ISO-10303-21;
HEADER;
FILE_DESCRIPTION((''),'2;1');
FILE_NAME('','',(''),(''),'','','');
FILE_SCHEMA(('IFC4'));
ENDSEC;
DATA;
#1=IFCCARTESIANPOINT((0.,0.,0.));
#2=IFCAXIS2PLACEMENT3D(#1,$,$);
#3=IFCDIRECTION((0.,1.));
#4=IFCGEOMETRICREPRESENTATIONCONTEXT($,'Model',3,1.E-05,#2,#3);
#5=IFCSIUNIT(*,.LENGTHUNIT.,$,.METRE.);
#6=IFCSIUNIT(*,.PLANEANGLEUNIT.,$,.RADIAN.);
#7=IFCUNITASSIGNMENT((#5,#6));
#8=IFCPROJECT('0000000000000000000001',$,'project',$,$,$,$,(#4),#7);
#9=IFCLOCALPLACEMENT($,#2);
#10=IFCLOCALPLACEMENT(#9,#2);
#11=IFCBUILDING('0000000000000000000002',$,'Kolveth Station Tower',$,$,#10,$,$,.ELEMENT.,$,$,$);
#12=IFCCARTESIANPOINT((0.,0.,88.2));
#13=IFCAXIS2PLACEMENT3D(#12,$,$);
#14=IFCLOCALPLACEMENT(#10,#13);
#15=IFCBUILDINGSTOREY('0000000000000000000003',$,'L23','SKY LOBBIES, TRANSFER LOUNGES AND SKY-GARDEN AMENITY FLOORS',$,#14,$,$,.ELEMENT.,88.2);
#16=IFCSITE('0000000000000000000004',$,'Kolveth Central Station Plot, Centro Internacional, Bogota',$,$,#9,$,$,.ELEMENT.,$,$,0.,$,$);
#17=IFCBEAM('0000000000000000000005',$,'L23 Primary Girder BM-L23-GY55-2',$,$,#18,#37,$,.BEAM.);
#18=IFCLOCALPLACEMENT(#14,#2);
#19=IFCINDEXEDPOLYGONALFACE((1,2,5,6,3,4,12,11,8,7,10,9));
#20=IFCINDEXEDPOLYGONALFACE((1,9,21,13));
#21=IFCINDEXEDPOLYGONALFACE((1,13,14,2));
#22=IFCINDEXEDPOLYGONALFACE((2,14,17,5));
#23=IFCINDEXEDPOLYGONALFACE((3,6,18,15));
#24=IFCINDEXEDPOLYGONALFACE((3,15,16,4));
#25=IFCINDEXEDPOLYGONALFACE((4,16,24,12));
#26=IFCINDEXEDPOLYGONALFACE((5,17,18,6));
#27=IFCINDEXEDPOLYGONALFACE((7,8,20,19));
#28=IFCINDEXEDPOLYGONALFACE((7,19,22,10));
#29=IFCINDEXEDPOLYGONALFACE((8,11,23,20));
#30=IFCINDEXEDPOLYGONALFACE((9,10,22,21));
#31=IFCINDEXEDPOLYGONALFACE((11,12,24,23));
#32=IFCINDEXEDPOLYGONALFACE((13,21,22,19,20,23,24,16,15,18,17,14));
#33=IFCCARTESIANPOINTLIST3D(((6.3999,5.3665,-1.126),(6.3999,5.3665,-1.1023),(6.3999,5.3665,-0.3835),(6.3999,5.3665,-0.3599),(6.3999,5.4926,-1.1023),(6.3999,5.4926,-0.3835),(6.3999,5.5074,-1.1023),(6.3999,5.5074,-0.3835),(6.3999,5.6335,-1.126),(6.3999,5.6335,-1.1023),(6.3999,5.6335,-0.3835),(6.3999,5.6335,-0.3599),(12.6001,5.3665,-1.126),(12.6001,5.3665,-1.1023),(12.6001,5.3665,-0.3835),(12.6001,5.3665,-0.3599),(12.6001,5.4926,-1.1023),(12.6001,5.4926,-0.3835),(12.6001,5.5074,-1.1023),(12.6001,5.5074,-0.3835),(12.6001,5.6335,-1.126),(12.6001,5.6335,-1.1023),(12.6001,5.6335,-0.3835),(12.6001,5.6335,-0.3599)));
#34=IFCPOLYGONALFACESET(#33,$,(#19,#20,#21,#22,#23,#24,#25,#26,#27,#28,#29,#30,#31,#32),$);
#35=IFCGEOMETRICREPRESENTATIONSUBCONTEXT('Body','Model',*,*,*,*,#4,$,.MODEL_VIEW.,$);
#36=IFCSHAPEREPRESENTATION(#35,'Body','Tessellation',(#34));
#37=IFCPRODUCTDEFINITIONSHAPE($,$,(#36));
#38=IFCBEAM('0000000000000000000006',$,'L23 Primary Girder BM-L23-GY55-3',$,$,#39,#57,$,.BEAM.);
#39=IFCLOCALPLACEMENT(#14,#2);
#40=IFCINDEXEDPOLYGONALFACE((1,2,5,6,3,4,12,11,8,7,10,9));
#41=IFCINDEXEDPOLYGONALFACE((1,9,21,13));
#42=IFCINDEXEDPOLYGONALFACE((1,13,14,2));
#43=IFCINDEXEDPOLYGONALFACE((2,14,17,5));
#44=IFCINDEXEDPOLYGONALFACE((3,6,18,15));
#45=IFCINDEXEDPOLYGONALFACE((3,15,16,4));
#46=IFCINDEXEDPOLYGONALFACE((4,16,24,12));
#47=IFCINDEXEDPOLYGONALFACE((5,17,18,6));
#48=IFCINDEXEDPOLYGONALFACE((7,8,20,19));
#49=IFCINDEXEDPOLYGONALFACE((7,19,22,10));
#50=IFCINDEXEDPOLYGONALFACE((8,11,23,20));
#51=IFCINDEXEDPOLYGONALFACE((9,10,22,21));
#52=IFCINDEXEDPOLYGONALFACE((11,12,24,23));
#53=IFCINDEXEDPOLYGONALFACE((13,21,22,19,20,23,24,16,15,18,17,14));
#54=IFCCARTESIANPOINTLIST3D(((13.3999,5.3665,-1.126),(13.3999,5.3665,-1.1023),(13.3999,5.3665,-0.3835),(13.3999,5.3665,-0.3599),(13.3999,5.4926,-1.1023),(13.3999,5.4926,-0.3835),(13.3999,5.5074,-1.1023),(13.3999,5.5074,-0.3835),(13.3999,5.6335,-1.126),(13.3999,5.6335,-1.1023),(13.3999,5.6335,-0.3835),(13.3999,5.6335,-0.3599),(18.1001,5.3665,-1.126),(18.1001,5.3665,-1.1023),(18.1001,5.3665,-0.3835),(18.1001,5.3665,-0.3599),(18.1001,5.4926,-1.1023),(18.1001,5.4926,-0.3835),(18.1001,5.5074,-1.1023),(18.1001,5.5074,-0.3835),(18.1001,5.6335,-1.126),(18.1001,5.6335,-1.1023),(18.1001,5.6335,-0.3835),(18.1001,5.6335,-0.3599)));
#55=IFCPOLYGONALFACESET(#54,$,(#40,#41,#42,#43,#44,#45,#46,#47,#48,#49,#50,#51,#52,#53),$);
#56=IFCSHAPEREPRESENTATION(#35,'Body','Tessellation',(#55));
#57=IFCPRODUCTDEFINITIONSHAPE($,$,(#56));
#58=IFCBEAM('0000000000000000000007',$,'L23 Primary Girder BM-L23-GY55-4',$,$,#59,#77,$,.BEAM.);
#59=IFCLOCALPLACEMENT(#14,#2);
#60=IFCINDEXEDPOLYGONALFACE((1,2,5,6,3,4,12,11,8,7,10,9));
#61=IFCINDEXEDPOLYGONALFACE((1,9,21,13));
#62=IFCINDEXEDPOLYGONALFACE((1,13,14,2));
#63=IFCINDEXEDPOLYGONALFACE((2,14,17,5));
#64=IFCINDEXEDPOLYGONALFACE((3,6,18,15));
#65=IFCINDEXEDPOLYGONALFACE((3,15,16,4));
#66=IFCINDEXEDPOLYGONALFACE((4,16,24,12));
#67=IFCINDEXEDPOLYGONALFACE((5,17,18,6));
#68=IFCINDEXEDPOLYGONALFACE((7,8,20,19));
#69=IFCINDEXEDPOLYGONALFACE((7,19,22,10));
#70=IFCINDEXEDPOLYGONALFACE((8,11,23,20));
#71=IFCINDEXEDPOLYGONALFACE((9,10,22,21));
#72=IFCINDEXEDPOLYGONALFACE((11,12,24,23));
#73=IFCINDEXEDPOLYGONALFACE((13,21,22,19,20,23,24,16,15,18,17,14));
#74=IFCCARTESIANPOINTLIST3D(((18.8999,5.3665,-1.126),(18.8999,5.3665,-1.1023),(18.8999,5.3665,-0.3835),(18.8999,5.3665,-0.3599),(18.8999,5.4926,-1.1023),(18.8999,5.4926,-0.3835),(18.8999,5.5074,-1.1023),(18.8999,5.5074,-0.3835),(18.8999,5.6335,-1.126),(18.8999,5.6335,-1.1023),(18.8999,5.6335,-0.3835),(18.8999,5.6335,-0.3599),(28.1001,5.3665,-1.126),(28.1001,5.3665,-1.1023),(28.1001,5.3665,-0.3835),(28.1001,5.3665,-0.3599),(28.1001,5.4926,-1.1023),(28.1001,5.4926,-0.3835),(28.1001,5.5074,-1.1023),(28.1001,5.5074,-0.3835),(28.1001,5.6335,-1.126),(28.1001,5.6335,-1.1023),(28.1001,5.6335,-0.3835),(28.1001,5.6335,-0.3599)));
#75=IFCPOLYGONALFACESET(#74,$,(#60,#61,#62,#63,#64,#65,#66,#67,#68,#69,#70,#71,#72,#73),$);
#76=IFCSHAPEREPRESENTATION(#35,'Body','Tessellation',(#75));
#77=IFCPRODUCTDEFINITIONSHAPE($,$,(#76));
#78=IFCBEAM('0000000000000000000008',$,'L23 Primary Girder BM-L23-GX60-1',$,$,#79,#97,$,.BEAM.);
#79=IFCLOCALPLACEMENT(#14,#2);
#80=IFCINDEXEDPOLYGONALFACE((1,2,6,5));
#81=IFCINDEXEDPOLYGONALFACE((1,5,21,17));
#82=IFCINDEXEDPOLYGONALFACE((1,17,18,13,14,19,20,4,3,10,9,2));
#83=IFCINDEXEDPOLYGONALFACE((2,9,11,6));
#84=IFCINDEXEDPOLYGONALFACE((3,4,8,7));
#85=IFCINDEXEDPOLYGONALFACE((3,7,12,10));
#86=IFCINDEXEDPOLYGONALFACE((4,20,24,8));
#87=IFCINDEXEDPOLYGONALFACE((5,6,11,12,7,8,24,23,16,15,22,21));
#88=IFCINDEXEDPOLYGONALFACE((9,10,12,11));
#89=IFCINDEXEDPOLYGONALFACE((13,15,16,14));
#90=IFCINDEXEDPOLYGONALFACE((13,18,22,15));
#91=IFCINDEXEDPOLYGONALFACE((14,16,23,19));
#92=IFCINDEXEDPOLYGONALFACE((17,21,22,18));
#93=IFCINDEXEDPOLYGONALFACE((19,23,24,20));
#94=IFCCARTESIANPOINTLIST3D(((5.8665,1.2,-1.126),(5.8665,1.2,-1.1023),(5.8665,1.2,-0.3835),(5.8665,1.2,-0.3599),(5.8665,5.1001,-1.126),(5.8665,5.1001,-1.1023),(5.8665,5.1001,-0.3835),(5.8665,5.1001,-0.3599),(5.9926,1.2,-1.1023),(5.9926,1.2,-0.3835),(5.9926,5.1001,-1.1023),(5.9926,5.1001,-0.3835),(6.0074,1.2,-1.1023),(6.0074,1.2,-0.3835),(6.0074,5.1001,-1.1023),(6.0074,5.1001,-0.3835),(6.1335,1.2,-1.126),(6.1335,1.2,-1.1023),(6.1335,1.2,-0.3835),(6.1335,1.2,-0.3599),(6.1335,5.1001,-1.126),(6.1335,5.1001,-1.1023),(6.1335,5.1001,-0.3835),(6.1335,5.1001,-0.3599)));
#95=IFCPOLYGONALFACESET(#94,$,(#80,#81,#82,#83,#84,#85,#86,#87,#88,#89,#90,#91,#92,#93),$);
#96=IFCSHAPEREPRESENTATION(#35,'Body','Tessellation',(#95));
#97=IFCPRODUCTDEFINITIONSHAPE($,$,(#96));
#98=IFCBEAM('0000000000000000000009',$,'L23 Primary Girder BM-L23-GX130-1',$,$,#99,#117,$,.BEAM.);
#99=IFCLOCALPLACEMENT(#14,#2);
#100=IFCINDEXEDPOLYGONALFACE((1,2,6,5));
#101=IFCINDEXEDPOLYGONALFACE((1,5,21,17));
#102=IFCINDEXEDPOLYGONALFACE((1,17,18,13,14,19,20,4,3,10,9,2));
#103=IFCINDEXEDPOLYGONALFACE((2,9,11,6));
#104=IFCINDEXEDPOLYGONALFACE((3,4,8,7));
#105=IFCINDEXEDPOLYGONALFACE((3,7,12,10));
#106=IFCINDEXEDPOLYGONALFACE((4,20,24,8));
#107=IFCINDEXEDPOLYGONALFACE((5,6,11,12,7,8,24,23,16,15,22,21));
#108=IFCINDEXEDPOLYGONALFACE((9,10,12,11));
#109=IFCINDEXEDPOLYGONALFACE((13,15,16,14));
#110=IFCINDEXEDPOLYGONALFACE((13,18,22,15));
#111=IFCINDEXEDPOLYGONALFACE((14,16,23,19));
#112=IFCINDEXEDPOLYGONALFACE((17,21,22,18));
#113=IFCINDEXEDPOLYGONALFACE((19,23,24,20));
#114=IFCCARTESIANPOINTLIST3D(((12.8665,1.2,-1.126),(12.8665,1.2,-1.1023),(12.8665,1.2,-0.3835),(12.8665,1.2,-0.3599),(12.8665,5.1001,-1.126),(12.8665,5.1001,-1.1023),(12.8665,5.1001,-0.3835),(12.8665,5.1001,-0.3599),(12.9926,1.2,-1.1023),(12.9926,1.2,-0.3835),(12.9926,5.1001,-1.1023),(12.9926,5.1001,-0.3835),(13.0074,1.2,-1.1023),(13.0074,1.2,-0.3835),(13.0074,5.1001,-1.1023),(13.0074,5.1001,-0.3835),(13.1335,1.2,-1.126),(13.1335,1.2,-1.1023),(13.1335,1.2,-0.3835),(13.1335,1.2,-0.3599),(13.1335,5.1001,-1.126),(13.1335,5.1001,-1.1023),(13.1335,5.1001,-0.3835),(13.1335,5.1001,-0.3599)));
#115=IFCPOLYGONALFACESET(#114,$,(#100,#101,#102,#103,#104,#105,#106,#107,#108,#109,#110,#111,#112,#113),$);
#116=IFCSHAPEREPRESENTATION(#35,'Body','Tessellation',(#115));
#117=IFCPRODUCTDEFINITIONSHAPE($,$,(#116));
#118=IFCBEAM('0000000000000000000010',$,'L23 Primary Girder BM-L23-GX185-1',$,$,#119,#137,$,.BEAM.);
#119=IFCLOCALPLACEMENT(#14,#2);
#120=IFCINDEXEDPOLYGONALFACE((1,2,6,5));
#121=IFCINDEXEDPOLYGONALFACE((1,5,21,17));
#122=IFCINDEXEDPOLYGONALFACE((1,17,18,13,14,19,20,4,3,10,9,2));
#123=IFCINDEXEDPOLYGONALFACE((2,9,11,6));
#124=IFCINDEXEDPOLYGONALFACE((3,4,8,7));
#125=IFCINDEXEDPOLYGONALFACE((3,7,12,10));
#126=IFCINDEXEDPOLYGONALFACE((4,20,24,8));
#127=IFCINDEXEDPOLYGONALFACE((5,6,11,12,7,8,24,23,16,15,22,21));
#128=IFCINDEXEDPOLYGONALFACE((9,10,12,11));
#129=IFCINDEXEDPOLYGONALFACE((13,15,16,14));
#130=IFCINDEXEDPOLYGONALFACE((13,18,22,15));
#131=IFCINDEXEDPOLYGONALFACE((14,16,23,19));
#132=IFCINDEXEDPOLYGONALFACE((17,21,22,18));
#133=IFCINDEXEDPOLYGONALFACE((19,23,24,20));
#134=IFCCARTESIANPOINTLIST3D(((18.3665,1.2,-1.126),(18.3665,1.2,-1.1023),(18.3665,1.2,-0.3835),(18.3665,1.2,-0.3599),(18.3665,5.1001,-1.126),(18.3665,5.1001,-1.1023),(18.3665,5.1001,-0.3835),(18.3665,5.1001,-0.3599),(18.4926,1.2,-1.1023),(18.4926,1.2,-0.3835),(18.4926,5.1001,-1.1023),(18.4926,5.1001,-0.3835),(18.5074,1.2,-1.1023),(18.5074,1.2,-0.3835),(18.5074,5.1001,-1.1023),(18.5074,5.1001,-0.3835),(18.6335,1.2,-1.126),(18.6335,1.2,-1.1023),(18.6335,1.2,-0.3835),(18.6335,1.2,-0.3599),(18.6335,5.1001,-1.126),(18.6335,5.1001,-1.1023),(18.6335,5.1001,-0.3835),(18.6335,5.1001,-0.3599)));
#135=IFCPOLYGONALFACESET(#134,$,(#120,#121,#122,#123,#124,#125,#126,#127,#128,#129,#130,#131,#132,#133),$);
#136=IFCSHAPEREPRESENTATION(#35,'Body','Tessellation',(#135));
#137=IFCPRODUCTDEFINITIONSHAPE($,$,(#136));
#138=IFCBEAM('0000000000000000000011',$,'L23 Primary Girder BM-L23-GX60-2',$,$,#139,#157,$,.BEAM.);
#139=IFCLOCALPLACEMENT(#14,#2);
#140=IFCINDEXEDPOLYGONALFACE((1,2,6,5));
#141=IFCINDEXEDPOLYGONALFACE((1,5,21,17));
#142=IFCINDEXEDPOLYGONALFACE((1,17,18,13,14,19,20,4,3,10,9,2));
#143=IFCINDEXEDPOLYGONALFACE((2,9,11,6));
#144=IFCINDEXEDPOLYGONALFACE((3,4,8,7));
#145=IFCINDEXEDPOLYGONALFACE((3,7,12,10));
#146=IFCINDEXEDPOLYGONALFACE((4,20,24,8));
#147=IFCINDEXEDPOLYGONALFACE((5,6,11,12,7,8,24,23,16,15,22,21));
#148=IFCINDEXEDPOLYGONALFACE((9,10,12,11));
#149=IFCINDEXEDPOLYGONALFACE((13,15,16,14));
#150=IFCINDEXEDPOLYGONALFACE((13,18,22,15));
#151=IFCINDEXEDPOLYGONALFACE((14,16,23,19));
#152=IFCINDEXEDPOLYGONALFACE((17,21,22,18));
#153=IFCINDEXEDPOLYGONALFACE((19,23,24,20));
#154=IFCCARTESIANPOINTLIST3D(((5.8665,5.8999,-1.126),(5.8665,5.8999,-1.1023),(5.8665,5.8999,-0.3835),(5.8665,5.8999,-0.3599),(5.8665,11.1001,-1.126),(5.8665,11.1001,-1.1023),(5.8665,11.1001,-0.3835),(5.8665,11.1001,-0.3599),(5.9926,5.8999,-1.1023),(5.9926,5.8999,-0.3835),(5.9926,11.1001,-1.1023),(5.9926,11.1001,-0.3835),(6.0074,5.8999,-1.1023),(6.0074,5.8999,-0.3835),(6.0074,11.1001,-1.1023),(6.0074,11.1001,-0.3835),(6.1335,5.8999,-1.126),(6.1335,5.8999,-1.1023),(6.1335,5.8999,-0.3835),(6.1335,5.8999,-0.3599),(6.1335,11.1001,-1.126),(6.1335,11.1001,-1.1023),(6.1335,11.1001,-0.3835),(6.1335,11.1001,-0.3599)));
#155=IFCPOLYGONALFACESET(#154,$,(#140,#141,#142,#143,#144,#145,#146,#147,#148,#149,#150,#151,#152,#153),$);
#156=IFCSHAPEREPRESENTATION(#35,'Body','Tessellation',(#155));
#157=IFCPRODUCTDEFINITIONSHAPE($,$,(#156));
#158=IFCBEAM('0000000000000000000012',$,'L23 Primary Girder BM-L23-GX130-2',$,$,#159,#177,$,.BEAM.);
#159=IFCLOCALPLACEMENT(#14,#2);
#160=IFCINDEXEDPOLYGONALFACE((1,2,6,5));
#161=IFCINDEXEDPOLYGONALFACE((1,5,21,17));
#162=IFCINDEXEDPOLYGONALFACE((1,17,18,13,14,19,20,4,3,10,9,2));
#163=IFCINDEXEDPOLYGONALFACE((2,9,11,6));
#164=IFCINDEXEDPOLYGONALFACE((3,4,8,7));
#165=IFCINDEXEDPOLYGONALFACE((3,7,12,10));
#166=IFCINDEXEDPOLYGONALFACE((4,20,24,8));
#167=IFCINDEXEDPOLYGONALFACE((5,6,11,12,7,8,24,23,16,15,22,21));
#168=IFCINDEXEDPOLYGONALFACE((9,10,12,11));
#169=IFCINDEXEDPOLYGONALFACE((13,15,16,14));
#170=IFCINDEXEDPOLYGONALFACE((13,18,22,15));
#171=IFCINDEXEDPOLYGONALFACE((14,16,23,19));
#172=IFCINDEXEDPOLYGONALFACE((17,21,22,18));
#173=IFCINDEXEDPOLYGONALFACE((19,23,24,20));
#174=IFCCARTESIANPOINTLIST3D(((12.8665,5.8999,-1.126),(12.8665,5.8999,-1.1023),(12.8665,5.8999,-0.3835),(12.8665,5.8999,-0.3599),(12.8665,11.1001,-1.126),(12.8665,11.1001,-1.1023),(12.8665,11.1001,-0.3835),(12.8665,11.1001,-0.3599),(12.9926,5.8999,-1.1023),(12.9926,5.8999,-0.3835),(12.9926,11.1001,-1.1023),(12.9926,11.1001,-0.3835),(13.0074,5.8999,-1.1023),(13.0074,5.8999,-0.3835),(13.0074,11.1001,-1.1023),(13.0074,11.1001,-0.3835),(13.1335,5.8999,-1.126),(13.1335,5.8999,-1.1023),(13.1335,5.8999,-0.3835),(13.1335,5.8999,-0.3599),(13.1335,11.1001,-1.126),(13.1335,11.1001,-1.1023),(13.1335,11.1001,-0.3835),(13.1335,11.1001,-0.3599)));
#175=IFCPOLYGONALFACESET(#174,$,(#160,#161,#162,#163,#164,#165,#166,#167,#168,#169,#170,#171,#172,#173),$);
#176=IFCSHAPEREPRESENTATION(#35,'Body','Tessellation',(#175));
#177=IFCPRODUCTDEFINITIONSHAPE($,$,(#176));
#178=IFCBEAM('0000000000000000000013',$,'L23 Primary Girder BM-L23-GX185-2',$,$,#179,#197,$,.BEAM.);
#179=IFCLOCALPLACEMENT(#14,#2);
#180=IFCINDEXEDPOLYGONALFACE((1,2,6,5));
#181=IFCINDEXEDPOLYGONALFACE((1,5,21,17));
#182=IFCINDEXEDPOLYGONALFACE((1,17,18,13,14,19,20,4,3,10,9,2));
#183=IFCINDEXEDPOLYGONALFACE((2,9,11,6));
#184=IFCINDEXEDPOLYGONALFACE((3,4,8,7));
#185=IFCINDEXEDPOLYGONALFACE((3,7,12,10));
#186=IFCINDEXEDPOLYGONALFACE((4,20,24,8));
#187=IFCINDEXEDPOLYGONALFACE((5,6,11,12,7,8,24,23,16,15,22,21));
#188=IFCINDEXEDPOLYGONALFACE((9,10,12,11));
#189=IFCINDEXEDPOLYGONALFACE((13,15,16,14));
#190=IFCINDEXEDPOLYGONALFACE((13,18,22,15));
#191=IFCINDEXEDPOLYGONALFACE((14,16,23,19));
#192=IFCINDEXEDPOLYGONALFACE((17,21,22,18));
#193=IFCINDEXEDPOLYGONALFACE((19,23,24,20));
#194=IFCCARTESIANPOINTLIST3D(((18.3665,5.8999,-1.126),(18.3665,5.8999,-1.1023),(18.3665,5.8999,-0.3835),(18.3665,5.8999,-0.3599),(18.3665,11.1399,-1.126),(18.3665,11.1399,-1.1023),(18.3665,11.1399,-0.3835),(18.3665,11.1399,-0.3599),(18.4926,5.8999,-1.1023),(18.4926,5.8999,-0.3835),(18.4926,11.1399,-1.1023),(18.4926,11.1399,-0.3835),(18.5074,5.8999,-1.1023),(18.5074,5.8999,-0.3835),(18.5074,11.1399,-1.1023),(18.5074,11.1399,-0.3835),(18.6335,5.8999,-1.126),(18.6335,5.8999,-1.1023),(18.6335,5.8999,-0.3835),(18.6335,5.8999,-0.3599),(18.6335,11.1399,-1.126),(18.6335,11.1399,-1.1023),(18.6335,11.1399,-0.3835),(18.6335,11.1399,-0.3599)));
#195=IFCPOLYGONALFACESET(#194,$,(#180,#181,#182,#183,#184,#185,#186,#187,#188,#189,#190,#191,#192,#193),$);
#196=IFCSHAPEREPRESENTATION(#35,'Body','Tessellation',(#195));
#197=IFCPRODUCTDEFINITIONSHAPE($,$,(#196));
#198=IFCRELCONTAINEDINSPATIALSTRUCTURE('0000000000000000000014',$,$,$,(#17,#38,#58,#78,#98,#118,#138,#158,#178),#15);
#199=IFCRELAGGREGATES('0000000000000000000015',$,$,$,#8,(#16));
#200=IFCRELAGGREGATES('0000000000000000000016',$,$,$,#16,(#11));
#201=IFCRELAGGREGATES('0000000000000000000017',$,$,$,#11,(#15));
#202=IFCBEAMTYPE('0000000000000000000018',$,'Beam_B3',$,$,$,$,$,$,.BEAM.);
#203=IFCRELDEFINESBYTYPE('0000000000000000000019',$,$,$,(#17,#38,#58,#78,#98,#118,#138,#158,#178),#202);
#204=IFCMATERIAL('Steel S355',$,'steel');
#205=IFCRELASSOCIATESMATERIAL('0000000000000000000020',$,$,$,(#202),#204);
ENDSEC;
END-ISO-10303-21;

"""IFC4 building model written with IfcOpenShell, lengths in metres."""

from ifc_helpers import new_model, si_unit, direction, frame, origin, origin_2d, place, context, subcontext, project, spatial, i_section, extrude, source, transform, mapped, material, material_profile, profile_set, type_object, element, save


model = new_model("IFC4")

# Units and contexts
model_context = context("Model", 3, precision=1e-05, world=origin(), true_north=direction((0.0, 1.0)))
body_context = subcontext(model_context, "Body", "Model", "MODEL_VIEW")
ifc_project = project(units=[si_unit("LENGTHUNIT", "METRE"), si_unit("PLANEANGLEUNIT", "RADIAN")], contexts=[model_context])

# Site, building, storey
site_placement = place(None, origin())
site = spatial("IfcSite", under=ifc_project, at=site_placement, Name="Kolveth Central Station Plot, Centro Internacional, Bogota", CompositionType="ELEMENT", RefElevation=0.0)
building_placement = place(site_placement, origin())
building = spatial("IfcBuilding", under=site, at=building_placement, Name="Kolveth Station Tower", CompositionType="ELEMENT")
storey_placement = place(building_placement, frame((0.0, 0.0, 88.2)))
storey = spatial("IfcBuildingStorey", under=building, at=storey_placement, Name="L23", Description="SKY LOBBIES, TRANSFER LOUNGES AND SKY-GARDEN AMENITY FLOORS", CompositionType="ELEMENT", Elevation=88.2)

# Beams
ifc_material_1 = material(Name="Steel S355", Category="steel")
ifc_material_profile_1 = material_profile(ifc_material_1, i_section(OverallWidth=0.2671, OverallDepth=0.7661, WebThickness=0.0149, FlangeThickness=0.0237, at=origin_2d()), Name="W760x185")
ifc_profile_set_1 = profile_set([ifc_material_profile_1], Name="Steel S355")
beam_type_1 = type_object("IfcBeamType", Name="Beam_B3", PredefinedType="BEAM", material=ifc_profile_set_1)
shared_shape_1 = source(origin(), body_context, "Body", "SweptSolid", [
    extrude(i_section(OverallWidth=0.2671, OverallDepth=0.7661, WebThickness=0.0149, FlangeThickness=0.0237, at=origin_2d()), origin(), (0.0, 0.0, 1.0), 6.2002),
])
beam_1_placement = place(storey_placement, frame((6.3999, 5.5, -0.7429), z_axis=(1.0, 0.0, 0.0), x_axis=(0.0, 1.0, 0.0)))
element("IfcBeam", 1, at=beam_1_placement, inside=storey, type_object=beam_type_1, Name="L23 Primary Girder BM-L23-GY55-2", PredefinedType="BEAM", context=body_context, shape_type="MappedRepresentation", body=[
    mapped(shared_shape_1, transform((0.0, 0.0, 0.0), x_axis=(1.0, 0.0, 0.0), y_axis=(0.0, 1.0, 0.0), z_axis=(0.0, 0.0, 1.0), scale=1.0)),
])
shared_shape_2 = source(origin(), body_context, "Body", "SweptSolid", [
    extrude(i_section(OverallWidth=0.2671, OverallDepth=0.7661, WebThickness=0.0149, FlangeThickness=0.0237, at=origin_2d()), origin(), (0.0, 0.0, 1.0), 4.7002),
])
beam_2_placement = place(storey_placement, frame((13.3999, 5.5, -0.7429), z_axis=(1.0, 0.0, 0.0), x_axis=(0.0, 1.0, 0.0)))
element("IfcBeam", 2, at=beam_2_placement, inside=storey, type_object=beam_type_1, Name="L23 Primary Girder BM-L23-GY55-3", PredefinedType="BEAM", context=body_context, shape_type="MappedRepresentation", body=[
    mapped(shared_shape_2, transform((0.0, 0.0, 0.0), x_axis=(1.0, 0.0, 0.0), y_axis=(0.0, 1.0, 0.0), z_axis=(0.0, 0.0, 1.0), scale=1.0)),
])
shared_shape_3 = source(origin(), body_context, "Body", "SweptSolid", [
    extrude(i_section(OverallWidth=0.2671, OverallDepth=0.7661, WebThickness=0.0149, FlangeThickness=0.0237, at=origin_2d()), origin(), (0.0, 0.0, 1.0), 9.2002),
])
beam_3_placement = place(storey_placement, frame((18.8999, 5.5, -0.7429), z_axis=(1.0, 0.0, 0.0), x_axis=(0.0, 1.0, 0.0)))
element("IfcBeam", 3, at=beam_3_placement, inside=storey, type_object=beam_type_1, Name="L23 Primary Girder BM-L23-GY55-4", PredefinedType="BEAM", context=body_context, shape_type="MappedRepresentation", body=[
    mapped(shared_shape_3, transform((0.0, 0.0, 0.0), x_axis=(1.0, 0.0, 0.0), y_axis=(0.0, 1.0, 0.0), z_axis=(0.0, 0.0, 1.0), scale=1.0)),
])
shared_shape_4 = source(origin(), body_context, "Body", "SweptSolid", [
    extrude(i_section(OverallWidth=0.2671, OverallDepth=0.7661, WebThickness=0.0149, FlangeThickness=0.0237, at=origin_2d()), origin(), (0.0, 0.0, 1.0), 3.9001),
])
for number, where, z_axis, x_axis, name in (
    (4, (6.0, 1.2, -0.7429), (0.0, 1.0, 0.0), (-1.0, 0.0, 0.0), "L23 Primary Girder BM-L23-GX60-1"),
    (5, (13.0, 1.2, -0.7429), (0.0, 1.0, 0.0), (-1.0, 0.0, 0.0), "L23 Primary Girder BM-L23-GX130-1"),
    (6, (18.5, 1.2, -0.7429), (0.0, 1.0, 0.0), (-1.0, 0.0, 0.0), "L23 Primary Girder BM-L23-GX185-1"),
):
    element("IfcBeam", number, at=place(storey_placement, frame(where, z_axis=z_axis, x_axis=x_axis)), inside=storey, type_object=beam_type_1, Name=name, PredefinedType="BEAM", context=body_context, shape_type="MappedRepresentation", body=[
        mapped(shared_shape_4, transform((0.0, 0.0, 0.0), x_axis=(1.0, 0.0, 0.0), y_axis=(0.0, 1.0, 0.0), z_axis=(0.0, 0.0, 1.0), scale=1.0)),
    ])
shared_shape_5 = source(origin(), body_context, "Body", "SweptSolid", [
    extrude(i_section(OverallWidth=0.2671, OverallDepth=0.7661, WebThickness=0.0149, FlangeThickness=0.0237, at=origin_2d()), origin(), (0.0, 0.0, 1.0), 5.2002),
])
for number, where, z_axis, x_axis, name in (
    (7, (6.0, 5.8999, -0.7429), (0.0, 1.0, 0.0), (-1.0, 0.0, 0.0), "L23 Primary Girder BM-L23-GX60-2"),
    (8, (13.0, 5.8999, -0.7429), (0.0, 1.0, 0.0), (-1.0, 0.0, 0.0), "L23 Primary Girder BM-L23-GX130-2"),
):
    element("IfcBeam", number, at=place(storey_placement, frame(where, z_axis=z_axis, x_axis=x_axis)), inside=storey, type_object=beam_type_1, Name=name, PredefinedType="BEAM", context=body_context, shape_type="MappedRepresentation", body=[
        mapped(shared_shape_5, transform((0.0, 0.0, 0.0), x_axis=(1.0, 0.0, 0.0), y_axis=(0.0, 1.0, 0.0), z_axis=(0.0, 0.0, 1.0), scale=1.0)),
    ])
shared_shape_6 = source(origin(), body_context, "Body", "SweptSolid", [
    extrude(i_section(OverallWidth=0.2671, OverallDepth=0.7661, WebThickness=0.0149, FlangeThickness=0.0237, at=origin_2d()), origin(), (0.0, 0.0, 1.0), 5.24),
])
beam_4_placement = place(storey_placement, frame((18.5, 5.8999, -0.7429), z_axis=(0.0, 1.0, 0.0), x_axis=(-1.0, 0.0, 0.0)))
element("IfcBeam", 9, at=beam_4_placement, inside=storey, type_object=beam_type_1, Name="L23 Primary Girder BM-L23-GX185-2", PredefinedType="BEAM", context=body_context, shape_type="MappedRepresentation", body=[
    mapped(shared_shape_6, transform((0.0, 0.0, 0.0), x_axis=(1.0, 0.0, 0.0), y_axis=(0.0, 1.0, 0.0), z_axis=(0.0, 0.0, 1.0), scale=1.0)),
])

save(model, "model.ifc")
